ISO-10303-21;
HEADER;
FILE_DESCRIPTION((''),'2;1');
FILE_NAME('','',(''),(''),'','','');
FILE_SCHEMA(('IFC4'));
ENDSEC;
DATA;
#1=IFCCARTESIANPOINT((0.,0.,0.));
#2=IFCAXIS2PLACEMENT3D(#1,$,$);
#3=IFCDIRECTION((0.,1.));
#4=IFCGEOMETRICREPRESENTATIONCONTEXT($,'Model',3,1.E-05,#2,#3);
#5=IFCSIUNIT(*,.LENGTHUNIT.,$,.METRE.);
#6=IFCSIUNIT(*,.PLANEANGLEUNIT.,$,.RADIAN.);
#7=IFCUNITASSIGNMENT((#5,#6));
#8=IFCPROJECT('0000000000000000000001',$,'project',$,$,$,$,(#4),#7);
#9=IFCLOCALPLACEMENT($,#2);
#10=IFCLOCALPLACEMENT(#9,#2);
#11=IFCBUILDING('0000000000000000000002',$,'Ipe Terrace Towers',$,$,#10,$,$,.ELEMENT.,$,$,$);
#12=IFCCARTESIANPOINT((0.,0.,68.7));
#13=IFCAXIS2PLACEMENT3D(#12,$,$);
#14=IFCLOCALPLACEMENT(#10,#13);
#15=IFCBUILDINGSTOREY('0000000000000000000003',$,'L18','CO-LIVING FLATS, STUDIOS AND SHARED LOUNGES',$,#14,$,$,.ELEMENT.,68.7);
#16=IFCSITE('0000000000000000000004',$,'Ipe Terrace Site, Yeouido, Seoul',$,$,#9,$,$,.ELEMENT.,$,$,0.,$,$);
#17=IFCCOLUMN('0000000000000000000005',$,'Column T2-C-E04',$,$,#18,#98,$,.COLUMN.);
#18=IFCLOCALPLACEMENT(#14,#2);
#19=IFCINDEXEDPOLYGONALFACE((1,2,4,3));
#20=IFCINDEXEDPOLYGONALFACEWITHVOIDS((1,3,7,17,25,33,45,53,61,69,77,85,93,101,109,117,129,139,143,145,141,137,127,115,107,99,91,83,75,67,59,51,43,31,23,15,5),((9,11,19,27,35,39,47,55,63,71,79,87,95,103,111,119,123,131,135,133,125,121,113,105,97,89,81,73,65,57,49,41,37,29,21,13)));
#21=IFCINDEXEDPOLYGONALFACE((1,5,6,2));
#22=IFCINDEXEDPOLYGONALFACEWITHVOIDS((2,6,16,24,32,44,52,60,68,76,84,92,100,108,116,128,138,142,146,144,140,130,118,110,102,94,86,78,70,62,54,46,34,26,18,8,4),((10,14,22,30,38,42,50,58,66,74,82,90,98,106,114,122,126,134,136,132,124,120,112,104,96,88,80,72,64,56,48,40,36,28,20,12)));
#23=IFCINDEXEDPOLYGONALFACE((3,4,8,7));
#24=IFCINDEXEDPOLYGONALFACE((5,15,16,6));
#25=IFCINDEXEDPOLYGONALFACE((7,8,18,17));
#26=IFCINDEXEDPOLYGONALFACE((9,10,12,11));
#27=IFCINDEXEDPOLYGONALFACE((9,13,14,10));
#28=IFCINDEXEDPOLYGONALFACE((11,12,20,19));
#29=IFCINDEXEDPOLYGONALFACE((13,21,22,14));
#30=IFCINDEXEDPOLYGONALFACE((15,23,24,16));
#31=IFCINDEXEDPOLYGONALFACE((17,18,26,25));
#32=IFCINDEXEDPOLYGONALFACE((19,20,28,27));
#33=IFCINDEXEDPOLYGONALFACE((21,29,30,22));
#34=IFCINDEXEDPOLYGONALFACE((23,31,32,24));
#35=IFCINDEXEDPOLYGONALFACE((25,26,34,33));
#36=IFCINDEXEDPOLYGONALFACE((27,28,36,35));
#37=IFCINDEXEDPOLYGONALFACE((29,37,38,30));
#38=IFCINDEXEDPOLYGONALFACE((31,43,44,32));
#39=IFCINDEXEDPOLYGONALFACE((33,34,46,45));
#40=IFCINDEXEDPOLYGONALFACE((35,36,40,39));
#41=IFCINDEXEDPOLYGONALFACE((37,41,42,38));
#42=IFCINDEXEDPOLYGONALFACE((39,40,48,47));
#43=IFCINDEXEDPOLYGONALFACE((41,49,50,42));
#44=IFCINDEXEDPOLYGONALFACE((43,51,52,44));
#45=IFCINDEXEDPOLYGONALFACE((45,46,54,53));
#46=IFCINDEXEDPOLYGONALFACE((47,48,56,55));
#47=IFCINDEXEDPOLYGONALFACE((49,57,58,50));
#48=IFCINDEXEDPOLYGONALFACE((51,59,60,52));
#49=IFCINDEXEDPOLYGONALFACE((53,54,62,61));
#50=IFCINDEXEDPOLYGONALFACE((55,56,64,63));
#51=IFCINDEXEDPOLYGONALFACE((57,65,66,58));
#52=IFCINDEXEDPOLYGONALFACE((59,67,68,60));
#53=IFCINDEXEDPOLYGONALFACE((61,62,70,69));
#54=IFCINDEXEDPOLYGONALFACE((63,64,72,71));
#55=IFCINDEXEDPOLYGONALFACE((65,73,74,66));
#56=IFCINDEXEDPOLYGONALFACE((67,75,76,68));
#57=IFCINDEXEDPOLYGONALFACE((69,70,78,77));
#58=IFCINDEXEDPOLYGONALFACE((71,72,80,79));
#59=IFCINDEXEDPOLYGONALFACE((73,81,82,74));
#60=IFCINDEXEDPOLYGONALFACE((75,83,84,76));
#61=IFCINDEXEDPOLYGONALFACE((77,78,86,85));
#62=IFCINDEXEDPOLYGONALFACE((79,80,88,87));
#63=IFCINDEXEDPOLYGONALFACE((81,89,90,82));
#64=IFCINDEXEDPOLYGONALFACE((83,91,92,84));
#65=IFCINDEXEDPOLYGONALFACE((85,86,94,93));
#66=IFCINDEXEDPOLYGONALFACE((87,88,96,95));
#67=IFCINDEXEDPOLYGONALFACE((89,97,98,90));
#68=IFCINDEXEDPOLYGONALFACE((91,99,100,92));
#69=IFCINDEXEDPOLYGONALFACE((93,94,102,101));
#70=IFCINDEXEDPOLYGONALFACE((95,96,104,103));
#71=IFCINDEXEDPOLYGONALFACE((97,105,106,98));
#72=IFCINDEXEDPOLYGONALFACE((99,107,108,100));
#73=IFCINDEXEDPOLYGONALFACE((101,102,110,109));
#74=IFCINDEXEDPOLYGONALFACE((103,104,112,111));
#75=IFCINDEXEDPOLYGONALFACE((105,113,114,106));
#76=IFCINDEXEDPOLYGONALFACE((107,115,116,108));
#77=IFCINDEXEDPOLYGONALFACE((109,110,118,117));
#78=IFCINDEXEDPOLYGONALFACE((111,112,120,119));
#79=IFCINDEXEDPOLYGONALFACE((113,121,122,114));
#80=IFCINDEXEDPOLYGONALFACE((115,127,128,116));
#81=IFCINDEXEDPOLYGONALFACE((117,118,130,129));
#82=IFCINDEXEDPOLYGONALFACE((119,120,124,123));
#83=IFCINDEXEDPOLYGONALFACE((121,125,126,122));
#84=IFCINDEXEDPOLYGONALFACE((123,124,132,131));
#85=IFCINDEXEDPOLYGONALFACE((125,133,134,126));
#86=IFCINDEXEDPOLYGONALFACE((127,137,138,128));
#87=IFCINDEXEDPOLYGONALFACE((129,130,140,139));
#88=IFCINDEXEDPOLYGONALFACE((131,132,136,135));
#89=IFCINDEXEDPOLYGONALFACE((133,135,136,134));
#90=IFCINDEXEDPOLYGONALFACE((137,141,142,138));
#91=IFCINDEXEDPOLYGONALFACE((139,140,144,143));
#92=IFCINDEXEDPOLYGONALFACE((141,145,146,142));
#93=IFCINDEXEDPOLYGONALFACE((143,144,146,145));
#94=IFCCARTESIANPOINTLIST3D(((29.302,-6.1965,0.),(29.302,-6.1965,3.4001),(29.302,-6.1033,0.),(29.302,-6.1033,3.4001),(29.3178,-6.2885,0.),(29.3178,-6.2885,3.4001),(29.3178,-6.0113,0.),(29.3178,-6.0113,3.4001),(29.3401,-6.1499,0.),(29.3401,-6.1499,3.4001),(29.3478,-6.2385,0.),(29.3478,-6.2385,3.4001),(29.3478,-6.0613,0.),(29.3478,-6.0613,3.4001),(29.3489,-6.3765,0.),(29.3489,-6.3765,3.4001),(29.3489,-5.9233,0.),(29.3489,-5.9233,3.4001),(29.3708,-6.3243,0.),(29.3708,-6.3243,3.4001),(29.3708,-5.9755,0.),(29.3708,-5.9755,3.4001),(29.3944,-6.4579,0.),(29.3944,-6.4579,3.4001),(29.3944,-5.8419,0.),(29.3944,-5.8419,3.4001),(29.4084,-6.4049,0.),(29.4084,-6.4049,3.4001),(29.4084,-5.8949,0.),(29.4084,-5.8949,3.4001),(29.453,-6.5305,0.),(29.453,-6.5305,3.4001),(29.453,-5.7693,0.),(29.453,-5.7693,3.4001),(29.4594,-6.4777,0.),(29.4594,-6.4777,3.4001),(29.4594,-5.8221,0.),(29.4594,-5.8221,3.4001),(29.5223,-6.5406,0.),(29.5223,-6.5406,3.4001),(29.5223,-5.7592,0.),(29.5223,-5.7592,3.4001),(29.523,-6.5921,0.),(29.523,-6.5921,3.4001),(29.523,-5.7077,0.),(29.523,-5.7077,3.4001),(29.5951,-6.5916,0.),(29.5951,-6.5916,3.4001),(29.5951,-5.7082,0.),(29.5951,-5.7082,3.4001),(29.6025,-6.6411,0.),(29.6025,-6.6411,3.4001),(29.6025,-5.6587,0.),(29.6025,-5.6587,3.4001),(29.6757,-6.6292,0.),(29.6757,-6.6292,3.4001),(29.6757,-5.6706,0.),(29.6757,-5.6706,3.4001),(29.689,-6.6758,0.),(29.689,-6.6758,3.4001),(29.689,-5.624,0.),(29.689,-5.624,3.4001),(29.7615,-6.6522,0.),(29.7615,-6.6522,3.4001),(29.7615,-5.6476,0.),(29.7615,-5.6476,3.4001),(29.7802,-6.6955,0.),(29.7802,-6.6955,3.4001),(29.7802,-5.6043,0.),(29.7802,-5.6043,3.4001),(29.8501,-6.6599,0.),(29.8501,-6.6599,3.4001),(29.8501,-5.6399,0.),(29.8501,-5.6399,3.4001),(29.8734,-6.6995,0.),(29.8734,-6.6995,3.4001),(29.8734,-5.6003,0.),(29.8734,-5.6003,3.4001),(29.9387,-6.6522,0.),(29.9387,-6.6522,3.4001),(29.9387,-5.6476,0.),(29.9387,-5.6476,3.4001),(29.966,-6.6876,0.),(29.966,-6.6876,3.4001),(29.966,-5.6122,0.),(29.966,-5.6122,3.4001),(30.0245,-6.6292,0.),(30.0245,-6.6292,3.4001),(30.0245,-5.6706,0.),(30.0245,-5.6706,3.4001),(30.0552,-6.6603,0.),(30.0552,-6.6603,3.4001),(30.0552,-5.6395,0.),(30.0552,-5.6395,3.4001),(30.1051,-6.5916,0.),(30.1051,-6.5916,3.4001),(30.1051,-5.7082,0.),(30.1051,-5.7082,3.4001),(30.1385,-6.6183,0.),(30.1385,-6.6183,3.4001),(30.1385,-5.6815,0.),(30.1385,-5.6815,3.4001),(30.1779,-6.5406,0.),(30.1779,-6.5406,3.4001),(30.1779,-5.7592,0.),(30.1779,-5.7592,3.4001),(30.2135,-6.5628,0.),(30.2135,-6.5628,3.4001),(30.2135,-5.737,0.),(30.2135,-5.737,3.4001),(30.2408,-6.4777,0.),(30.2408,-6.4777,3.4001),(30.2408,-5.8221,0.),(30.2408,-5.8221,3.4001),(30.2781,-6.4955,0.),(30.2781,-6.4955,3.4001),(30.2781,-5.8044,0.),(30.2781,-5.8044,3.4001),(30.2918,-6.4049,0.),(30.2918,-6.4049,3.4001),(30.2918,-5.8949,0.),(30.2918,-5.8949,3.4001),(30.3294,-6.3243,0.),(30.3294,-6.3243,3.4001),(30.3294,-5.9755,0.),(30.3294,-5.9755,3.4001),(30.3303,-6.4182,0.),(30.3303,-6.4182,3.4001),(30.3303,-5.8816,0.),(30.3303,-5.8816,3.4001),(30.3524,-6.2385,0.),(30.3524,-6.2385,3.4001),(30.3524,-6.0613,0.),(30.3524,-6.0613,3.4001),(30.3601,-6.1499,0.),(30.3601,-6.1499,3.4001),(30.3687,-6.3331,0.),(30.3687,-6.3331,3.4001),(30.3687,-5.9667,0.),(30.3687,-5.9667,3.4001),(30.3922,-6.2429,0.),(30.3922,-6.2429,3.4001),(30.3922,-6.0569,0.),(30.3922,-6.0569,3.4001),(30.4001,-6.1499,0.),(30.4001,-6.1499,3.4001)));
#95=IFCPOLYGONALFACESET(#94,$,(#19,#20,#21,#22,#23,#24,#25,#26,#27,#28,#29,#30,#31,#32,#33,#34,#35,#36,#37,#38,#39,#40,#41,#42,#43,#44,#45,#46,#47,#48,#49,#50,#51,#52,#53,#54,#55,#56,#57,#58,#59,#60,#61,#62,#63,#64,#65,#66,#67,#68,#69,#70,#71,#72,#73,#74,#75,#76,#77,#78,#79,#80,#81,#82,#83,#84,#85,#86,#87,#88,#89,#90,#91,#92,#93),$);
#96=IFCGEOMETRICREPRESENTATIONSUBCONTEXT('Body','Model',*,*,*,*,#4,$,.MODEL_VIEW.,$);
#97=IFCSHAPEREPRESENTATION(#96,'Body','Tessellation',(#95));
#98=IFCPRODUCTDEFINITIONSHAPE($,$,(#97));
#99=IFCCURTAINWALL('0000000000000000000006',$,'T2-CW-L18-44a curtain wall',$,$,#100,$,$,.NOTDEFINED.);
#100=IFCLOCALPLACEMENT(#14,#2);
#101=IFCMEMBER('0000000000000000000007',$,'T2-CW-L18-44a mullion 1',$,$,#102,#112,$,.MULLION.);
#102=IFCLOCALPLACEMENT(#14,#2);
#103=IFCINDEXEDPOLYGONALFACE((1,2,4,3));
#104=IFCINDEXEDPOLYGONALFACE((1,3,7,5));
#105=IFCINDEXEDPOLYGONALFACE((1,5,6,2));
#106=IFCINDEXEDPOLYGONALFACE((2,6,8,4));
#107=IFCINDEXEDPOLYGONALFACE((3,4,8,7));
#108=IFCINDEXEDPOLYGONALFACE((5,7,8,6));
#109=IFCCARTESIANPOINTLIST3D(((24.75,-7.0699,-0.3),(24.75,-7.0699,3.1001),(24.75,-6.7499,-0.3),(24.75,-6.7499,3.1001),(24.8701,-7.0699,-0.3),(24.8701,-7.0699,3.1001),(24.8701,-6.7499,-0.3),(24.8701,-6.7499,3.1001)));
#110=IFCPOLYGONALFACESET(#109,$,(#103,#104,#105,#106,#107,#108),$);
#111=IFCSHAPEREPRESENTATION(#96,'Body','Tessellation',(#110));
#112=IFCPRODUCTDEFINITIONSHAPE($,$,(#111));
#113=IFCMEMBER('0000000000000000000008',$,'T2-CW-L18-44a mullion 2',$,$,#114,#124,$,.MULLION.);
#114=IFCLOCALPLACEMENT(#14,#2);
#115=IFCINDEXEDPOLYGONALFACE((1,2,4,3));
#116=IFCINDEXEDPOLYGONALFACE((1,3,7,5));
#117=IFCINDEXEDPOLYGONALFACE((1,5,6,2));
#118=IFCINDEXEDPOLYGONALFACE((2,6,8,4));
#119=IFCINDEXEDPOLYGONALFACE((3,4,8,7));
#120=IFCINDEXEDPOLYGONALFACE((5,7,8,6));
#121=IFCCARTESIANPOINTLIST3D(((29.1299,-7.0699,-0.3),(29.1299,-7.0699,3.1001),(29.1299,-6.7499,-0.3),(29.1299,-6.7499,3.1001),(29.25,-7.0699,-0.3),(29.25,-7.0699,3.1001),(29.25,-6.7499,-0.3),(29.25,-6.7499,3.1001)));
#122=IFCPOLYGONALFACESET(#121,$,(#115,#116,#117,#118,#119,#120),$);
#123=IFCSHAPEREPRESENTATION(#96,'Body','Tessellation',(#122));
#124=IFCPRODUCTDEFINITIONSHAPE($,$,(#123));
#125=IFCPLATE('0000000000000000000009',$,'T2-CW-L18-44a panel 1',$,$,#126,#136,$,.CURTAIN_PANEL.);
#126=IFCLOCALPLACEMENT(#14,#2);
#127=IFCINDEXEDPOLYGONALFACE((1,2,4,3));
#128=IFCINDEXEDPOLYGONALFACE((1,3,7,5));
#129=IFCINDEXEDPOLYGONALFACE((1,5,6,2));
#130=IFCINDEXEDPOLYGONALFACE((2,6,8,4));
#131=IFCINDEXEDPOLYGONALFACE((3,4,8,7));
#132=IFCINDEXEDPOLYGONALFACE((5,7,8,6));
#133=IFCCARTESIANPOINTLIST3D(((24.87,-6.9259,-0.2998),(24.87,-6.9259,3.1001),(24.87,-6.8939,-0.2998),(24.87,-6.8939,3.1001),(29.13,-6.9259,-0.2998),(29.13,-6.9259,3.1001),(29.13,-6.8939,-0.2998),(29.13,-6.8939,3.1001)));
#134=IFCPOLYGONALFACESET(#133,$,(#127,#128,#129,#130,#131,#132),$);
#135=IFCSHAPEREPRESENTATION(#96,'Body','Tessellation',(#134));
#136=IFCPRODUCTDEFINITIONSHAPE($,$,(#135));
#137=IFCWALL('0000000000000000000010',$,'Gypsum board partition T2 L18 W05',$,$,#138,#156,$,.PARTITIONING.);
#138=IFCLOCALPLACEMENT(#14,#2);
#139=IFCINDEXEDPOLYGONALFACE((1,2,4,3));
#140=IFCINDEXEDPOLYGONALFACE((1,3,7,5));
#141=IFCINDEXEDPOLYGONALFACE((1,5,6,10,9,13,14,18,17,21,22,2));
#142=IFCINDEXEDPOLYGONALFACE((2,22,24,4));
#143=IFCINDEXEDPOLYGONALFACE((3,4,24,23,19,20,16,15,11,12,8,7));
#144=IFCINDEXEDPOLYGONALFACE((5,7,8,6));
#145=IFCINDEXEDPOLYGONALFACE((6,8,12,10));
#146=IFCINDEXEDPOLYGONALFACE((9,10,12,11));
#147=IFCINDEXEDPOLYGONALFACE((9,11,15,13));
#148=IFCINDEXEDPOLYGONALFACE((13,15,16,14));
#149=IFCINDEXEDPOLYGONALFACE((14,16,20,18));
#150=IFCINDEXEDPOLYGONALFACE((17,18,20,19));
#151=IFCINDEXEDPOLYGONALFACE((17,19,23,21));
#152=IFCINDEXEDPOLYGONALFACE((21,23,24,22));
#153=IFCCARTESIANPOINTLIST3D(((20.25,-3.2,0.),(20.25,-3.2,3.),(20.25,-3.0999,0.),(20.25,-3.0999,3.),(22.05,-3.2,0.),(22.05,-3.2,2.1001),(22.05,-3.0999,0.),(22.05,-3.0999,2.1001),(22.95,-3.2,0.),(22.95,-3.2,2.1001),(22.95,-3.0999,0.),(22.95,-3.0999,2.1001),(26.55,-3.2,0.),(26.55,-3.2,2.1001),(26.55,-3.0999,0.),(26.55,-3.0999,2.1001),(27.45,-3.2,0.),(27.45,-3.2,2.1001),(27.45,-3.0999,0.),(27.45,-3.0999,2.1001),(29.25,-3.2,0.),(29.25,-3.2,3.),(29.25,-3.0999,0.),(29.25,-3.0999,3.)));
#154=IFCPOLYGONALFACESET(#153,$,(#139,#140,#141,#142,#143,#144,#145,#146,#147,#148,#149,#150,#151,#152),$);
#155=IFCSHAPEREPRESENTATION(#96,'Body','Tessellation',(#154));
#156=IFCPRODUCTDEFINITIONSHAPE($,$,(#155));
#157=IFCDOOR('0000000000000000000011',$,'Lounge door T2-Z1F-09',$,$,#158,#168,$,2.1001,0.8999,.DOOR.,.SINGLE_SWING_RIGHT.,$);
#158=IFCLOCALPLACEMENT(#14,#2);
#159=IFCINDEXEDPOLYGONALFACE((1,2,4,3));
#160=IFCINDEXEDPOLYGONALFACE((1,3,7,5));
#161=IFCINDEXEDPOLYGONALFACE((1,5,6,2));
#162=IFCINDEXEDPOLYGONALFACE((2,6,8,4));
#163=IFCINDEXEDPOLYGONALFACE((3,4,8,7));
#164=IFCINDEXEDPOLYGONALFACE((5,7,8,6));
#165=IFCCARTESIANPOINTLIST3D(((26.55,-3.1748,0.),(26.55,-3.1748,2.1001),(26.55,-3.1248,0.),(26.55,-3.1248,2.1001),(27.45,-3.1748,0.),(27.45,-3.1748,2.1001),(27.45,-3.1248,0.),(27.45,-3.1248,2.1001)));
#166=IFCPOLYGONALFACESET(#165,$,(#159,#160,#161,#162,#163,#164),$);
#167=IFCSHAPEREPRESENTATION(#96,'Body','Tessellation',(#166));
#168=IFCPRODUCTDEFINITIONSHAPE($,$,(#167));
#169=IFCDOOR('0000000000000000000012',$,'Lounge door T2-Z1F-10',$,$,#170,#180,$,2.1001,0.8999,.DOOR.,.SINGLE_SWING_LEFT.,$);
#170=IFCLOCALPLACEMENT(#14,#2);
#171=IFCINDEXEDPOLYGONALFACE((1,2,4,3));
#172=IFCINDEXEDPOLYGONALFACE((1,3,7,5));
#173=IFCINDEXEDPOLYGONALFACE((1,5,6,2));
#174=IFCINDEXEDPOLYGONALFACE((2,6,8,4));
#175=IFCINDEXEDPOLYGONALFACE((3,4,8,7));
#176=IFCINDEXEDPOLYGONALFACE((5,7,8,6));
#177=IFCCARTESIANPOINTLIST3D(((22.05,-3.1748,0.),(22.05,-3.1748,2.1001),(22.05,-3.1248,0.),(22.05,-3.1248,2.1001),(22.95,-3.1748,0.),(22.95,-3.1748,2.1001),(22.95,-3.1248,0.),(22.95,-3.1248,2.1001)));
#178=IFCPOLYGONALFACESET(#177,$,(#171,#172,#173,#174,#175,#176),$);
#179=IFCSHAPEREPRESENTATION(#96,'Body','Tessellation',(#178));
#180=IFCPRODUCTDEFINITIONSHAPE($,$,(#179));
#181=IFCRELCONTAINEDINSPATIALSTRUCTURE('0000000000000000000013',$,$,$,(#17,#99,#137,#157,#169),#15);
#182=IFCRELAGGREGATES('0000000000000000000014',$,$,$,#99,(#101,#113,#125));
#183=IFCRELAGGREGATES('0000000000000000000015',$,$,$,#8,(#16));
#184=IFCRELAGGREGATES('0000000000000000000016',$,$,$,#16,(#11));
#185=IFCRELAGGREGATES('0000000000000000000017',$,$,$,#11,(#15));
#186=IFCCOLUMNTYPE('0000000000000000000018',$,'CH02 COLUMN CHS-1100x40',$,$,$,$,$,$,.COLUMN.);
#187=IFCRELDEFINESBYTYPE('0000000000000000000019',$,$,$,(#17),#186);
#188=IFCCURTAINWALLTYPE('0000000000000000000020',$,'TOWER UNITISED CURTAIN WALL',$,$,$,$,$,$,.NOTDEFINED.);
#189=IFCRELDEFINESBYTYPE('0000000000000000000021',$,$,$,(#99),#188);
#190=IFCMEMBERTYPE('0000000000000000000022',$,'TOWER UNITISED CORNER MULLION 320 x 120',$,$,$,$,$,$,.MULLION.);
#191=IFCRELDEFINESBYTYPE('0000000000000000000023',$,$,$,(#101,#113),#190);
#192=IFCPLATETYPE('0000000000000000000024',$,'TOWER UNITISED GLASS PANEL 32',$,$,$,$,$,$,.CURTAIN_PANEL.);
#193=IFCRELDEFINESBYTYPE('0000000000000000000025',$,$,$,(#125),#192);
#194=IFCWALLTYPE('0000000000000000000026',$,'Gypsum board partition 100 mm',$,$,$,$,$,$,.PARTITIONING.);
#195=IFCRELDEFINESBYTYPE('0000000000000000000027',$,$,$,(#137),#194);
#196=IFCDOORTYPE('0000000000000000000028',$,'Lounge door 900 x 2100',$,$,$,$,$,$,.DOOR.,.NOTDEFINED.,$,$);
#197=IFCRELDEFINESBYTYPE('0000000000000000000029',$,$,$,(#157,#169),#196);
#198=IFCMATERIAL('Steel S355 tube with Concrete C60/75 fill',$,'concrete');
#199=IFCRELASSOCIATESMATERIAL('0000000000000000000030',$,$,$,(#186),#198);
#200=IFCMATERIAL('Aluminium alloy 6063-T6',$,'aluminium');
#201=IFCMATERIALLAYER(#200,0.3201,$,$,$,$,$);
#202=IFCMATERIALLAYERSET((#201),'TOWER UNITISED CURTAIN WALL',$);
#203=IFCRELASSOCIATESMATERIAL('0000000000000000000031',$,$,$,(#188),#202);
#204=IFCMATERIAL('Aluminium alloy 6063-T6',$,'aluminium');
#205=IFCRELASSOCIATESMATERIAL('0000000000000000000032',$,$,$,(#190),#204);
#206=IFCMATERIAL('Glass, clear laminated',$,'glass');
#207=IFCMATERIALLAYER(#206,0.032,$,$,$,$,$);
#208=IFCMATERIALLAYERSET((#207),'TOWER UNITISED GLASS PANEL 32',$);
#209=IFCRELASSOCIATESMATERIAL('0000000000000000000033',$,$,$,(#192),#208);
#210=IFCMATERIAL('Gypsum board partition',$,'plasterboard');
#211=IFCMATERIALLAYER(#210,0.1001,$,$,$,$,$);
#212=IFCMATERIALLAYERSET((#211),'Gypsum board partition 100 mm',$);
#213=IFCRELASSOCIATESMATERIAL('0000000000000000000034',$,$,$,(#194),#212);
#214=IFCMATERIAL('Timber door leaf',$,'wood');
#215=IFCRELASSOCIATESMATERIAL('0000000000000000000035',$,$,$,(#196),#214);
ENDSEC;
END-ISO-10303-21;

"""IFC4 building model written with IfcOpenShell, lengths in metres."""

from ifc_helpers import new_model, si_unit, direction, frame, frame_2d, origin, origin_2d, place, context, subcontext, project, spatial, rectangle, hollow_circle, extrude, material, layer, layer_set, material_profile, profile_set, type_object, element, fill, aggregate, save


model = new_model("IFC4")

# Units and contexts
model_context = context("Model", 3, precision=1e-05, world=origin(), true_north=direction((0.0, 1.0)))
body_context = subcontext(model_context, "Body", "Model", "MODEL_VIEW")
ifc_project = project(units=[si_unit("LENGTHUNIT", "METRE"), si_unit("PLANEANGLEUNIT", "RADIAN")], contexts=[model_context])

# Site, building, storey
site_placement = place(None, origin())
site = spatial("IfcSite", under=ifc_project, at=site_placement, Name="Ipe Terrace Site, Yeouido, Seoul", CompositionType="ELEMENT", RefElevation=0.0)
building_placement = place(site_placement, origin())
building = spatial("IfcBuilding", under=site, at=building_placement, Name="Ipe Terrace Towers", CompositionType="ELEMENT")
storey_placement = place(building_placement, frame((0.0, 0.0, 68.7)))
storey = spatial("IfcBuildingStorey", under=building, at=storey_placement, Name="L18", Description="CO-LIVING FLATS, STUDIOS AND SHARED LOUNGES", CompositionType="ELEMENT", Elevation=68.7)

# Column
ifc_material_1 = material(Name="Steel S355 tube with Concrete C60/75 fill", Category="concrete")
ifc_material_profile_1 = material_profile(ifc_material_1, hollow_circle(Radius=0.55, WallThickness=0.04, at=origin_2d()), Name="CHS-1100x40")
ifc_profile_set_1 = profile_set([ifc_material_profile_1], Name="Steel S355 tube with Concrete C60/75 fill")
column_type = type_object("IfcColumnType", Name="CH02 COLUMN CHS-1100x40", PredefinedType="COLUMN", material=ifc_profile_set_1)
column_placement = place(storey_placement, frame((29.8501, -6.1499, 0.0), z_axis=(0.0, 0.0, 1.0), x_axis=(1.0, 0.0, 0.0)))
element("IfcColumn", 1, at=column_placement, inside=storey, type_object=column_type, Name="Column T2-C-E04", PredefinedType="COLUMN", context=body_context, shape_type="SweptSolid", body=[
    extrude(hollow_circle(Radius=0.55, WallThickness=0.04, at=origin_2d()), origin(), (0.0, 0.0, 1.0), 3.4001),
])

# Curtain wall, members, plate
ifc_material_2 = material(Name="Aluminium alloy 6063-T6", Category="aluminium")
ifc_layer_1 = layer(ifc_material_2, 0.3201)
ifc_layer_set_1 = layer_set([ifc_layer_1], Name="TOWER UNITISED CURTAIN WALL")
curtain_wall_type = type_object("IfcCurtainWallType", Name="TOWER UNITISED CURTAIN WALL", PredefinedType="NOTDEFINED", material=ifc_layer_set_1)
curtain_wall_placement = place(storey_placement, origin())
curtain_wall = element("IfcCurtainWall", 2, at=curtain_wall_placement, inside=storey, type_object=curtain_wall_type, Name="T2-CW-L18-44a curtain wall", PredefinedType="NOTDEFINED")
ifc_material_3 = material(Name="Aluminium alloy 6063-T6", Category="aluminium")
ifc_material_profile_2 = material_profile(ifc_material_3, rectangle(XDim=0.3201, YDim=0.1201, at=origin_2d()), Name="TOWER UNITISED CORNER MULLION 320 x 120")
ifc_profile_set_2 = profile_set([ifc_material_profile_2], Name="Aluminium alloy 6063-T6")
member_type = type_object("IfcMemberType", Name="TOWER UNITISED CORNER MULLION 320 x 120", PredefinedType="MULLION", material=ifc_profile_set_2)
member_1_placement = place(storey_placement, frame((24.8101, -6.9099, -0.3), z_axis=(0.0, 0.0, 1.0), x_axis=(0.0, -1.0, 0.0)))
member_1 = element("IfcMember", 3, at=member_1_placement, type_object=member_type, Name="T2-CW-L18-44a mullion 1", PredefinedType="MULLION", context=body_context, shape_type="SweptSolid", body=[
    extrude(rectangle(XDim=0.3201, YDim=0.1201, at=origin_2d()), origin(), (0.0, 0.0, 1.0), 3.4001),
])
member_2_placement = place(storey_placement, frame((29.1899, -6.9099, -0.3), z_axis=(0.0, 0.0, 1.0), x_axis=(0.0, -1.0, 0.0)))
member_2 = element("IfcMember", 4, at=member_2_placement, type_object=member_type, Name="T2-CW-L18-44a mullion 2", PredefinedType="MULLION", context=body_context, shape_type="SweptSolid", body=[
    extrude(rectangle(XDim=0.3201, YDim=0.1201, at=origin_2d()), origin(), (0.0, 0.0, 1.0), 3.4001),
])
ifc_material_4 = material(Name="Glass, clear laminated", Category="glass")
ifc_layer_2 = layer(ifc_material_4, 0.032)
ifc_layer_set_2 = layer_set([ifc_layer_2], Name="TOWER UNITISED GLASS PANEL 32")
plate_type = type_object("IfcPlateType", Name="TOWER UNITISED GLASS PANEL 32", PredefinedType="CURTAIN_PANEL", material=ifc_layer_set_2)
plate_placement = place(storey_placement, frame((27.0, -6.9099, -0.2998), z_axis=(0.0, 0.0, 1.0), x_axis=(1.0, 0.0, 0.0)))
plate = element("IfcPlate", 5, at=plate_placement, type_object=plate_type, Name="T2-CW-L18-44a panel 1", PredefinedType="CURTAIN_PANEL", context=body_context, shape_type="SweptSolid", body=[
    extrude(rectangle(XDim=4.26, YDim=0.032, at=origin_2d()), origin(), (0.0, 0.0, 1.0), 3.3999),
])
aggregate(curtain_wall, [member_1, member_2, plate])

# Wall, openings, doors
ifc_material_5 = material(Name="Gypsum board partition", Category="plasterboard")
ifc_layer_3 = layer(ifc_material_5, 0.1001)
ifc_layer_set_3 = layer_set([ifc_layer_3], Name="Gypsum board partition 100 mm")
wall_type_1 = type_object("IfcWallType", Name="Gypsum board partition 100 mm", PredefinedType="PARTITIONING", material=ifc_layer_set_3)
wall_1_placement = place(storey_placement, frame((29.25, -3.1499, 0.0), z_axis=(0.0, 0.0, 1.0), x_axis=(-1.0, 0.0, 0.0)))
wall_1 = element("IfcWall", 6, at=wall_1_placement, inside=storey, type_object=wall_type_1, Name="Gypsum board partition T2 L18 W05", PredefinedType="PARTITIONING", context=body_context, shape_type="SweptSolid", body=[
    extrude(rectangle(XDim=9.0, YDim=0.1001, at=frame_2d((4.5, 0.0))), origin(), (0.0, 0.0, 1.0), 3.0),
])
opening_1_placement = place(wall_1_placement, frame((1.8, 0.0, 0.0)))
opening_1 = element("IfcOpeningElement", 7, at=opening_1_placement, cuts=wall_1, PredefinedType="OPENING", context=body_context, shape_type="SweptSolid", body=[
    extrude(rectangle(XDim=0.8999, YDim=2.1001, at=frame_2d((0.45, 1.05))), frame((0.0, 0.0601, 0.0), z_axis=(0.0, -1.0, 0.0), x_axis=(1.0, 0.0, 0.0)), (0.0, 0.0, 1.0), 0.1201),
])
opening_2_placement = place(wall_1_placement, frame((6.3, 0.0, 0.0)))
opening_2 = element("IfcOpeningElement", 8, at=opening_2_placement, cuts=wall_1, PredefinedType="OPENING", context=body_context, shape_type="SweptSolid", body=[
    extrude(rectangle(XDim=0.8999, YDim=2.1001, at=frame_2d((0.45, 1.05))), frame((0.0, 0.0601, 0.0), z_axis=(0.0, -1.0, 0.0), x_axis=(1.0, 0.0, 0.0)), (0.0, 0.0, 1.0), 0.1201),
])
ifc_material_6 = material(Name="Timber door leaf", Category="wood")
door_type_1 = type_object("IfcDoorType", Name="Lounge door 900 x 2100", OperationType="NOTDEFINED", PredefinedType="DOOR", material=ifc_material_6)
door_1_placement = place(opening_1_placement, origin())
door_1 = element("IfcDoor", 9, at=door_1_placement, inside=storey, type_object=door_type_1, Name="Lounge door T2-Z1F-09", OperationType="SINGLE_SWING_RIGHT", OverallHeight=2.1001, OverallWidth=0.8999, PredefinedType="DOOR", context=body_context, shape_type="SweptSolid", body=[
    extrude(rectangle(XDim=0.8999, YDim=2.1001, at=frame_2d((0.45, 1.05))), frame((0.0, 0.0249, 0.0), z_axis=(0.0, -1.0, 0.0), x_axis=(1.0, 0.0, 0.0)), (0.0, 0.0, 1.0), 0.05),
])
fill(opening_1, door_1)
door_2_placement = place(opening_2_placement, origin())
door_2 = element("IfcDoor", 10, at=door_2_placement, inside=storey, type_object=door_type_1, Name="Lounge door T2-Z1F-10", OperationType="SINGLE_SWING_LEFT", OverallHeight=2.1001, OverallWidth=0.8999, PredefinedType="DOOR", context=body_context, shape_type="SweptSolid", body=[
    extrude(rectangle(XDim=0.8999, YDim=2.1001, at=frame_2d((0.45, 1.05))), frame((0.0, 0.0249, 0.0), z_axis=(0.0, -1.0, 0.0), x_axis=(1.0, 0.0, 0.0)), (0.0, 0.0, 1.0), 0.05),
])
fill(opening_2, door_2)

save(model, "model.ifc")
